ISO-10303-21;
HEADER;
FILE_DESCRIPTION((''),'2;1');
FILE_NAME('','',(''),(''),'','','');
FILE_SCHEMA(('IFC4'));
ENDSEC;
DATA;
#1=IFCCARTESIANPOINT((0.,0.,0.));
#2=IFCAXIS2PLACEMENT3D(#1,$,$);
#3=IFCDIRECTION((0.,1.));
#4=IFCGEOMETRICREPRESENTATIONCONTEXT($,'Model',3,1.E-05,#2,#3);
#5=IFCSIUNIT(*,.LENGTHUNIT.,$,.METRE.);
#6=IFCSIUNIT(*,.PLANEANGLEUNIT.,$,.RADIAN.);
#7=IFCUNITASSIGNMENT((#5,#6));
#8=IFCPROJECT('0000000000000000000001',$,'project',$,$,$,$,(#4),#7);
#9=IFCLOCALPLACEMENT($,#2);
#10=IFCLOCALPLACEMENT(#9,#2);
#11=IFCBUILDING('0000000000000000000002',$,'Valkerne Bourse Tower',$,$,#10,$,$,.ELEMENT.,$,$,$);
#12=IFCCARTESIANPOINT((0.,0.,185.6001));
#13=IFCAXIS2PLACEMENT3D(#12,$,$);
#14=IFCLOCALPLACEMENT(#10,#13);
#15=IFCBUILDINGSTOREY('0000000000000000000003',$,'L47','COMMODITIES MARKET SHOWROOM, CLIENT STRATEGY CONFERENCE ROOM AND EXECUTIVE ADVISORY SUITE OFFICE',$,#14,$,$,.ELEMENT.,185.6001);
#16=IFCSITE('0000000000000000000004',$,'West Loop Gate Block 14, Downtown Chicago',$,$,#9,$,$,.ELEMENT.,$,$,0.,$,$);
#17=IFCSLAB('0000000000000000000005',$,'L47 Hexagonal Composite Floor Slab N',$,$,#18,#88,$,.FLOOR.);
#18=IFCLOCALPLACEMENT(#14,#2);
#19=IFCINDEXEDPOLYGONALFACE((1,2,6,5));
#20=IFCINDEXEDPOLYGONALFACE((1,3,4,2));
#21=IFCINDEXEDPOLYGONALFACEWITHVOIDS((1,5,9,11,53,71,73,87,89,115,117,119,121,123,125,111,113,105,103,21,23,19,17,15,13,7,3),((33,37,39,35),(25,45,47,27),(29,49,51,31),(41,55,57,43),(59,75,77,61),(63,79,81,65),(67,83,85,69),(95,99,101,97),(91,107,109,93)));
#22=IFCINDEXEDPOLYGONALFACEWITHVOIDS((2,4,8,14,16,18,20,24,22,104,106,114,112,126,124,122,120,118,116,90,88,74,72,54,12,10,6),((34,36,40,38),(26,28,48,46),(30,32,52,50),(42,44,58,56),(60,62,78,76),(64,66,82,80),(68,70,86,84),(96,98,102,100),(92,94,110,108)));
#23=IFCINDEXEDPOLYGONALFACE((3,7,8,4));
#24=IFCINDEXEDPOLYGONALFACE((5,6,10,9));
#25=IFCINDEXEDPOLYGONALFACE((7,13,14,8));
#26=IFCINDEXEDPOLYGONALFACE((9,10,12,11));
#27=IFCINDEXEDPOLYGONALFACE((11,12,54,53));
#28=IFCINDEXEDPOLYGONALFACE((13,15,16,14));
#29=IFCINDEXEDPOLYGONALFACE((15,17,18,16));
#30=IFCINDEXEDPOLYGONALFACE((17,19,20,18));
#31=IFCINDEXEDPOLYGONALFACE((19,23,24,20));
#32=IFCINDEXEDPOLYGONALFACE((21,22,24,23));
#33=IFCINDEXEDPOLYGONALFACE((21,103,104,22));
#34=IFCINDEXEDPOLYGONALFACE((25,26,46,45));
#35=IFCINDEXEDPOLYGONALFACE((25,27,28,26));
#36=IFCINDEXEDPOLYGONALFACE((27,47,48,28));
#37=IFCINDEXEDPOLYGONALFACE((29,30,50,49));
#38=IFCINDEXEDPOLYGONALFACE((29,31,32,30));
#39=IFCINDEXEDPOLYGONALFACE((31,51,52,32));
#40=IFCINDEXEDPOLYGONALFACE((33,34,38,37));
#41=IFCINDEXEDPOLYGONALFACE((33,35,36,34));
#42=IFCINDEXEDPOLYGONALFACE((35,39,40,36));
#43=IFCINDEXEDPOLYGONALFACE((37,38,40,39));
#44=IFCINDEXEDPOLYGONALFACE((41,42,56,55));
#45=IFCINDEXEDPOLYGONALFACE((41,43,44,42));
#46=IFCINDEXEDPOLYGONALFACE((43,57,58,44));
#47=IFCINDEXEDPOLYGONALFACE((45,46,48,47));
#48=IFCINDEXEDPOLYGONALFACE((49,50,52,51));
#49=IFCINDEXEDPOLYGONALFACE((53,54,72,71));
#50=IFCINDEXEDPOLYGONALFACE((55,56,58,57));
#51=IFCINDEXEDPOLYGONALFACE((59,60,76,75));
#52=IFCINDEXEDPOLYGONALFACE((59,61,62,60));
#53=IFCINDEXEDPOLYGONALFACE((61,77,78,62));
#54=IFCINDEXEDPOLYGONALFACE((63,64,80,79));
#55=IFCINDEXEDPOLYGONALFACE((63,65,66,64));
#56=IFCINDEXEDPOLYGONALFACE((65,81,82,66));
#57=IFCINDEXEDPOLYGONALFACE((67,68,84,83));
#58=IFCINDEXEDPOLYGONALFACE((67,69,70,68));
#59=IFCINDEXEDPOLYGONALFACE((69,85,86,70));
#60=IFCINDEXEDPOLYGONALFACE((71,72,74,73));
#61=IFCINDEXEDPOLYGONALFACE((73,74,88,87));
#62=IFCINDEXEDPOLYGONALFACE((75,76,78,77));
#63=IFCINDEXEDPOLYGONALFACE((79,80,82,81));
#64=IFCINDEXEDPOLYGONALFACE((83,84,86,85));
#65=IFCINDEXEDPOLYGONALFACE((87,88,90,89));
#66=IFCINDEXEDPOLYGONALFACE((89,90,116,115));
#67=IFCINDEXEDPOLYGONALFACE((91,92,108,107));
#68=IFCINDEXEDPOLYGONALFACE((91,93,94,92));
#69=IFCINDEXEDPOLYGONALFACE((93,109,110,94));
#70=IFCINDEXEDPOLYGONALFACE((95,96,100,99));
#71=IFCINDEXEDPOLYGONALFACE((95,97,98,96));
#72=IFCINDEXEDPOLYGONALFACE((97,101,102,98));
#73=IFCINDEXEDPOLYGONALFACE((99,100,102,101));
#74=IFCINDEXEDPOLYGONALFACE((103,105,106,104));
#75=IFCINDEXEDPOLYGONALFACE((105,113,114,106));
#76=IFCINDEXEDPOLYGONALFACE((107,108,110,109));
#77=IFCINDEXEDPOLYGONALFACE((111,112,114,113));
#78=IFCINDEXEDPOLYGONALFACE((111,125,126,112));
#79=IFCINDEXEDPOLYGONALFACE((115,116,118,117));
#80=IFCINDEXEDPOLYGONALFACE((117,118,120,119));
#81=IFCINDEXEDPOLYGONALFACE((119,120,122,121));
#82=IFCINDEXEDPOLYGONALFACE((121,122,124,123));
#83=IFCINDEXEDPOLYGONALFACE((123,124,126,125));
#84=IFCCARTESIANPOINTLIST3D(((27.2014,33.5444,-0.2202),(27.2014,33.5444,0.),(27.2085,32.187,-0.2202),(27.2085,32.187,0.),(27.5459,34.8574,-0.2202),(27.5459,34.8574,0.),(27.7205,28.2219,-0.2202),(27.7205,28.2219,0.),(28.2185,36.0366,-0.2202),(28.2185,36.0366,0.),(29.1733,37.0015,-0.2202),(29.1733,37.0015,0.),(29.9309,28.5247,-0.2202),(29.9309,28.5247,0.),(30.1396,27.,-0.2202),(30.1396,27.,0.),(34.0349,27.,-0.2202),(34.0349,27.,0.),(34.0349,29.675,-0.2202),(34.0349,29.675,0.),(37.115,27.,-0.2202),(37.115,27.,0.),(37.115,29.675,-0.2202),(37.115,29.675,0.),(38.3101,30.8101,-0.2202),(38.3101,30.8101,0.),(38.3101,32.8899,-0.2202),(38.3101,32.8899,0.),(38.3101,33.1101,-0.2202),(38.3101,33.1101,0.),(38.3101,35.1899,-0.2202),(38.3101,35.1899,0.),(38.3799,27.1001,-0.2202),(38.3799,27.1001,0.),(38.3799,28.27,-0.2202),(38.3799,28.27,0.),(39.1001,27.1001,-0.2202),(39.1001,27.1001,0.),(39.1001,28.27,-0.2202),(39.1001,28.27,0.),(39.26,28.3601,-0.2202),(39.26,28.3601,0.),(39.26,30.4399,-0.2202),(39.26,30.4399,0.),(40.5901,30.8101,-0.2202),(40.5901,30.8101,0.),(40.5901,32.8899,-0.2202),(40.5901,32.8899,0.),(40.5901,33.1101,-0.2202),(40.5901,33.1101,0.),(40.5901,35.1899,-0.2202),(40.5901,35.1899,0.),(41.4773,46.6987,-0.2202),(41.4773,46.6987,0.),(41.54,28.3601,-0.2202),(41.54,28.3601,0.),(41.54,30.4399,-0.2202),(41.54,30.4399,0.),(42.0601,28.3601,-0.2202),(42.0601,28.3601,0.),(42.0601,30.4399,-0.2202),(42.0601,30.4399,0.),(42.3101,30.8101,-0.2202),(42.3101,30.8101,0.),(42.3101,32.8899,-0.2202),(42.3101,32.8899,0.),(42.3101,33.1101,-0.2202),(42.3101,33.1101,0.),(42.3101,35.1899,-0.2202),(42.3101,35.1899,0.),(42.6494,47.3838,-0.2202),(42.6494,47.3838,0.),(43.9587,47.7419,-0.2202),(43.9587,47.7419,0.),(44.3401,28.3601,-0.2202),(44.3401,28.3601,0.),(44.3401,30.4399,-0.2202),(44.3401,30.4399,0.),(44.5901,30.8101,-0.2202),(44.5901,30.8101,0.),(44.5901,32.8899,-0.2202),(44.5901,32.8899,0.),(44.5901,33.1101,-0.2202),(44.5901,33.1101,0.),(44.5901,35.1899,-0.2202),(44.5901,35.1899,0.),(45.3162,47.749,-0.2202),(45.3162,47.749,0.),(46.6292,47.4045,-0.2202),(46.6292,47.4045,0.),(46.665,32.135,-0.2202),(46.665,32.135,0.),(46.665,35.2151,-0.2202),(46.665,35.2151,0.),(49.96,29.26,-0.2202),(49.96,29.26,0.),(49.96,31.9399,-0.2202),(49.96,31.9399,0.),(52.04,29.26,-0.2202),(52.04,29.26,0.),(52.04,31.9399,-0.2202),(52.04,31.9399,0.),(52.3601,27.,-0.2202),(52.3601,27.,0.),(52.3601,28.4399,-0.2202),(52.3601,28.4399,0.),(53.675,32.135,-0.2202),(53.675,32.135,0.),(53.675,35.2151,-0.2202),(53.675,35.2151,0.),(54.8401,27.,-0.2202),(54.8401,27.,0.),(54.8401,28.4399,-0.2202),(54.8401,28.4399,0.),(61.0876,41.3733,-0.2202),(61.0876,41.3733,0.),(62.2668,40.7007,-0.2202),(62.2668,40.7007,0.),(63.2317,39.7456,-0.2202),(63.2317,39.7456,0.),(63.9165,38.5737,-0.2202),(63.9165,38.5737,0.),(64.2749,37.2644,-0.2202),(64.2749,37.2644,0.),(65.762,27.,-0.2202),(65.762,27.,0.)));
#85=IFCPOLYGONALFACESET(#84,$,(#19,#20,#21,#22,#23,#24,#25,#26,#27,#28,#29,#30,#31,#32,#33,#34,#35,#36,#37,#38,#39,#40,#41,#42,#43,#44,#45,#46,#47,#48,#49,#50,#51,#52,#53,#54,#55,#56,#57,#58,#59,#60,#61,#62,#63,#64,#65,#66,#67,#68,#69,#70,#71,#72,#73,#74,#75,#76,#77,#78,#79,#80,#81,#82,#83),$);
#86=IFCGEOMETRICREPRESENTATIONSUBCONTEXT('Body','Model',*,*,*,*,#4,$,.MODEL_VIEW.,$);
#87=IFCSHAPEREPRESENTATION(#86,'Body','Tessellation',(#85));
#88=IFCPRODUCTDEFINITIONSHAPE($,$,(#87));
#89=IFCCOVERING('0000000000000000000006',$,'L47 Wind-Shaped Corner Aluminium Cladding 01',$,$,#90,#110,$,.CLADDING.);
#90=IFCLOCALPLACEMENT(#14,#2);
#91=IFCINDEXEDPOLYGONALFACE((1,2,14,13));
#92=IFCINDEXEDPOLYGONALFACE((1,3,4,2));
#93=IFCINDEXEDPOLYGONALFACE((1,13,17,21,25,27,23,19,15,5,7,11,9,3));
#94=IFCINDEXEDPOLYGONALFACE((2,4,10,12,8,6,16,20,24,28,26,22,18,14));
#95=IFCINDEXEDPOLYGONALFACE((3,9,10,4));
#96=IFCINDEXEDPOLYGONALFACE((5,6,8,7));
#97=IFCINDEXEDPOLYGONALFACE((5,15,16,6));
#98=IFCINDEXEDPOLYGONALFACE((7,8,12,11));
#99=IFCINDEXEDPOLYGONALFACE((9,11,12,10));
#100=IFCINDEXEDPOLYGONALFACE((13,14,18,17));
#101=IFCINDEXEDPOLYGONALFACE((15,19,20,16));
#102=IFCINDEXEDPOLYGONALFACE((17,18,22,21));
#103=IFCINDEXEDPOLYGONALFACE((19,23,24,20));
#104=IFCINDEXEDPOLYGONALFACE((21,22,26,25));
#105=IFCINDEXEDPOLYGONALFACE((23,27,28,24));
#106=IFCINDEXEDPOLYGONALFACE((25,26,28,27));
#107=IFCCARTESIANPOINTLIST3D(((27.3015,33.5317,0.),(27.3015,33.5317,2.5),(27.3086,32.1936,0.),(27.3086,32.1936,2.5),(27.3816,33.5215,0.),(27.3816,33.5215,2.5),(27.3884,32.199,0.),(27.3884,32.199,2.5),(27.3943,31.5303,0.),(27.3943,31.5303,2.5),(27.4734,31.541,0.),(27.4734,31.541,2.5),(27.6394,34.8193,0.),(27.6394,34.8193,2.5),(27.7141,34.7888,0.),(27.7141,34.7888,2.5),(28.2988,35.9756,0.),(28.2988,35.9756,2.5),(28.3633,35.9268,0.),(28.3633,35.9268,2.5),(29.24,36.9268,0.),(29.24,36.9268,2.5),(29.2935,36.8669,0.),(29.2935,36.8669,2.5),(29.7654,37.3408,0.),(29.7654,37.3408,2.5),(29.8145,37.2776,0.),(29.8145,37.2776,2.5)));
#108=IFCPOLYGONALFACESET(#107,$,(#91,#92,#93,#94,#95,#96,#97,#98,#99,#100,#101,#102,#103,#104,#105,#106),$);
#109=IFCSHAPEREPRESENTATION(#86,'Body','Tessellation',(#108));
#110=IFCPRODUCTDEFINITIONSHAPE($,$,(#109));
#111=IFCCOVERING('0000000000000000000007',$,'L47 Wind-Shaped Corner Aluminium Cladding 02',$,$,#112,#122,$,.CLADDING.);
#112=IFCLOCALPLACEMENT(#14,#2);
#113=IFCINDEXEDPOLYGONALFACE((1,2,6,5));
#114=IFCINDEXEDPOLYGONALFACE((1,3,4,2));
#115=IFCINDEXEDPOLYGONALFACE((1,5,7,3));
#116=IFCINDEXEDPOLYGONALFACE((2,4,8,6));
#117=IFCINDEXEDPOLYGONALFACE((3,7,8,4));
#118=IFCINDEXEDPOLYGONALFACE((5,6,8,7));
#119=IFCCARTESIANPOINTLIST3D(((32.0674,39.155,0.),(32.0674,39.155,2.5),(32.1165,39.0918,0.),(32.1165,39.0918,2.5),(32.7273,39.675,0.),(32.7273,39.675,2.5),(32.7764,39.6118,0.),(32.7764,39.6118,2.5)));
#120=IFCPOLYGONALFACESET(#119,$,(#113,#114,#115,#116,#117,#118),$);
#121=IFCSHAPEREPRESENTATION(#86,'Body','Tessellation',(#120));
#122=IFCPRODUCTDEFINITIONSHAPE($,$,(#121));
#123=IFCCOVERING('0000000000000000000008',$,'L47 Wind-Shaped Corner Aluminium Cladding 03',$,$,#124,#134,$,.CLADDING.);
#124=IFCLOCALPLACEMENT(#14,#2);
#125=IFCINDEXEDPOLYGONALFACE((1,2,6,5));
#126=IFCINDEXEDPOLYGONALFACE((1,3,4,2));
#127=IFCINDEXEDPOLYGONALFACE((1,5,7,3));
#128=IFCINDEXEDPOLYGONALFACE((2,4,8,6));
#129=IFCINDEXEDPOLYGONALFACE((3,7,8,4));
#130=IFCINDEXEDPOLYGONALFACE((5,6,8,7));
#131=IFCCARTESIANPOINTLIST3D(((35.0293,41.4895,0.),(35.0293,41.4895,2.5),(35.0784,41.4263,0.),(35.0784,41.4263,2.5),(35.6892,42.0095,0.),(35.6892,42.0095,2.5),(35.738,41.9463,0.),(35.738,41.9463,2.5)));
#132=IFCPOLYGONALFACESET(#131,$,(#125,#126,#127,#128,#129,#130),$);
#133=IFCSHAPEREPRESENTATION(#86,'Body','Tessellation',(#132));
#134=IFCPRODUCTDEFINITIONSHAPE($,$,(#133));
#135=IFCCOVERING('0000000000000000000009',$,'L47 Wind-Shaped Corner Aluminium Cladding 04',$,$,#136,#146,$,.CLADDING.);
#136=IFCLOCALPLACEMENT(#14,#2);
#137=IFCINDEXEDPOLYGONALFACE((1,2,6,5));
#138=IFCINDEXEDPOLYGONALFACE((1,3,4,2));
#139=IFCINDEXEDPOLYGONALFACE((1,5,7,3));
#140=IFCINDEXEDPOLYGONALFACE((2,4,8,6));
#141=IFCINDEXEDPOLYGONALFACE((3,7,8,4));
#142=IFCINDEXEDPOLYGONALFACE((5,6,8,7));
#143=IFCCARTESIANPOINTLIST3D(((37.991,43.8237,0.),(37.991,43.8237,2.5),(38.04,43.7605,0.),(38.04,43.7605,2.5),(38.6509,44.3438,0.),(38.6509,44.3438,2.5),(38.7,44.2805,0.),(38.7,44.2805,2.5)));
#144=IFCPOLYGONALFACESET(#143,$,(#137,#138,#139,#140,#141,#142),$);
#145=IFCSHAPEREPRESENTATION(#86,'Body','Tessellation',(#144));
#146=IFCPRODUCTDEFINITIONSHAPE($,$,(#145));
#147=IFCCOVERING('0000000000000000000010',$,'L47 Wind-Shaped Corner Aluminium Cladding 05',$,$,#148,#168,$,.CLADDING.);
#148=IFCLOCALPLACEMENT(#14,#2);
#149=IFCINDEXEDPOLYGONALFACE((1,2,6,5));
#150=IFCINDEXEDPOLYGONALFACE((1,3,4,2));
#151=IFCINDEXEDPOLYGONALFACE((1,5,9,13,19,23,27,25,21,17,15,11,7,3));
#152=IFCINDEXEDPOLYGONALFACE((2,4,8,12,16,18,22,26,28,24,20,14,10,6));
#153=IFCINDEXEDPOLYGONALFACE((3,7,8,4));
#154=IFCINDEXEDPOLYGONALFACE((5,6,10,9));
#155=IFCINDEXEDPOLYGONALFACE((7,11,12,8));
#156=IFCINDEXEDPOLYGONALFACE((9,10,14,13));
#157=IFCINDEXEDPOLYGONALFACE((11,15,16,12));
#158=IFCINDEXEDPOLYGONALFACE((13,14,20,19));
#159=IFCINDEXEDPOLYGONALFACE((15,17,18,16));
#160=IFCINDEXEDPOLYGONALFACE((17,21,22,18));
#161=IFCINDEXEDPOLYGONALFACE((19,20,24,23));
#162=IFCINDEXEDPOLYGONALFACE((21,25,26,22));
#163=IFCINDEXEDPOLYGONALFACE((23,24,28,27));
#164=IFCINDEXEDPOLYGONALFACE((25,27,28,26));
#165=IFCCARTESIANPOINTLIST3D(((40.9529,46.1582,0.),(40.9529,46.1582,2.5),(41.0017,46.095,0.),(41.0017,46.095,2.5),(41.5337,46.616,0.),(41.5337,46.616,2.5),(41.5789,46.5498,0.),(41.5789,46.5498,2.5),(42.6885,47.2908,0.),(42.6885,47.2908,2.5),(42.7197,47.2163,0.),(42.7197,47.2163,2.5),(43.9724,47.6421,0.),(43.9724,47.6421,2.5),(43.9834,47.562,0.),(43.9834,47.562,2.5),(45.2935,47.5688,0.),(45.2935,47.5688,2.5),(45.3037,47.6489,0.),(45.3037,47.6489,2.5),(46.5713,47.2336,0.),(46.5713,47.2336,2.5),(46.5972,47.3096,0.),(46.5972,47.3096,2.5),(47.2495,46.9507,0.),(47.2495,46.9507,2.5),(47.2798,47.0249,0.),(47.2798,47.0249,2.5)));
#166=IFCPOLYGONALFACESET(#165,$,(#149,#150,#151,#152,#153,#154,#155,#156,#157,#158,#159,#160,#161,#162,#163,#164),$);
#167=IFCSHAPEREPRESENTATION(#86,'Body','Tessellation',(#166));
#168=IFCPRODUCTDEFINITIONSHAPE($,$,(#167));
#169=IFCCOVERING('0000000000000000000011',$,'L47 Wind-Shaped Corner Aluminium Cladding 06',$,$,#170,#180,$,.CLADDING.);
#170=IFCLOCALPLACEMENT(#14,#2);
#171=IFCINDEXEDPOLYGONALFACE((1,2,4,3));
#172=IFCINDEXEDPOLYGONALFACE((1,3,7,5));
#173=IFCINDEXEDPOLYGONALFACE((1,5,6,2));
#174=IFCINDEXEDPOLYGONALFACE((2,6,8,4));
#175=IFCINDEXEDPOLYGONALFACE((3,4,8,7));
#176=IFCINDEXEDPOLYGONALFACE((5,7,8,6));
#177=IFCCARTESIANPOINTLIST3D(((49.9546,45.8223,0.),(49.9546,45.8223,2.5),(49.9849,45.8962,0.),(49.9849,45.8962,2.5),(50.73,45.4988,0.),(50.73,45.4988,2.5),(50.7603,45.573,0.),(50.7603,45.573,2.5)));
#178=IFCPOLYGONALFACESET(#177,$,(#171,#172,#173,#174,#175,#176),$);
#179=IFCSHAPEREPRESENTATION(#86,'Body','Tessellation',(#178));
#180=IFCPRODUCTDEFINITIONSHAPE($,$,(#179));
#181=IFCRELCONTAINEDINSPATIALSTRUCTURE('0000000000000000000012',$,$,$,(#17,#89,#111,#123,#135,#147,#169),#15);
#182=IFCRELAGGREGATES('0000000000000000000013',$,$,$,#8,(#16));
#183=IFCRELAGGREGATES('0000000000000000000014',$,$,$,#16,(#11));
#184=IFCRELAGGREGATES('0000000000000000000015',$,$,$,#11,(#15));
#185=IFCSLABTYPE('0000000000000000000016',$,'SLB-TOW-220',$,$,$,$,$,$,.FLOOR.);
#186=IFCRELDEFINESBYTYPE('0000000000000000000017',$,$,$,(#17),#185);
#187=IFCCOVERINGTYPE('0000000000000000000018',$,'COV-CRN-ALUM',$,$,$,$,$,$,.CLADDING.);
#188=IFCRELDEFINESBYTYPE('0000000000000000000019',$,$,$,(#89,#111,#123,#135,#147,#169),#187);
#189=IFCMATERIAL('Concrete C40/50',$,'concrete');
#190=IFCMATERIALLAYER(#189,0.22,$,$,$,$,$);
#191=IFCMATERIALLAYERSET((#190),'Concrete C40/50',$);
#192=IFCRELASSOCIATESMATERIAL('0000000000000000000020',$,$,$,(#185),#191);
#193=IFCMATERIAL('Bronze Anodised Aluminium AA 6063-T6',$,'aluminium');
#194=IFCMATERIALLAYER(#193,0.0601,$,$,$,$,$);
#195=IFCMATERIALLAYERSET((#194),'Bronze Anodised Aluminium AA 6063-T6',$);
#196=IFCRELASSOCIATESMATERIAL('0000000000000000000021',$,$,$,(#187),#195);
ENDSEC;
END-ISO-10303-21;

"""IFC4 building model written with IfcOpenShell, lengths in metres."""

from ifc_helpers import new_model, si_unit, direction, frame, origin, place, context, subcontext, project, spatial, polyline, outline, extrude, material, layer, layer_set, type_object, element, save


model = new_model("IFC4")

# Units and contexts
model_context = context("Model", 3, precision=1e-05, world=origin(), true_north=direction((0.0, 1.0)))
body_context = subcontext(model_context, "Body", "Model", "MODEL_VIEW")
ifc_project = project(units=[si_unit("LENGTHUNIT", "METRE"), si_unit("PLANEANGLEUNIT", "RADIAN")], contexts=[model_context])

# Site, building, storey
site_placement = place(None, origin())
site = spatial("IfcSite", under=ifc_project, at=site_placement, Name="West Loop Gate Block 14, Downtown Chicago", CompositionType="ELEMENT", RefElevation=0.0)
building_placement = place(site_placement, origin())
building = spatial("IfcBuilding", under=site, at=building_placement, Name="Valkerne Bourse Tower", CompositionType="ELEMENT")
storey_placement = place(building_placement, frame((0.0, 0.0, 185.6001)))
storey = spatial("IfcBuildingStorey", under=building, at=storey_placement, Name="L47", Description="COMMODITIES MARKET SHOWROOM, CLIENT STRATEGY CONFERENCE ROOM AND EXECUTIVE ADVISORY SUITE OFFICE", CompositionType="ELEMENT", Elevation=185.6001)

# Slab
ifc_material_1 = material(Name="Concrete C40/50", Category="concrete")
ifc_layer_1 = layer(ifc_material_1, 0.22)
ifc_layer_set_1 = layer_set([ifc_layer_1], Name="Concrete C40/50")
slab_type_1 = type_object("IfcSlabType", Name="SLB-TOW-220", PredefinedType="FLOOR", material=ifc_layer_set_1)
slab_1_placement = place(storey_placement, frame((0.0, 0.0, -0.2202)))
element("IfcSlab", 1, at=slab_1_placement, inside=storey, type_object=slab_type_1, Name="L47 Hexagonal Composite Floor Slab N", PredefinedType="FLOOR", context=body_context, shape_type="SweptSolid", body=[
    extrude(outline(polyline([(27.5459, 34.8574), (28.2185, 36.0366), (29.1733, 37.0015), (41.4773, 46.6987), (42.6494, 47.3838), (43.9587, 47.7419), (45.3162, 47.749), (46.6292, 47.4045), (61.0876, 41.3733), (62.2668, 40.7007), (63.2317, 39.7456), (63.9165, 38.5737), (64.2749, 37.2644), (65.762, 27.0), (54.8401, 27.0), (54.8401, 28.4399), (52.3601, 28.4399), (52.3601, 27.0), (37.115, 27.0), (37.115, 29.675), (34.0349, 29.675), (34.0349, 27.0), (30.1396, 27.0), (29.9309, 28.5247), (27.7205, 28.2219), (27.2085, 32.187), (27.2014, 33.5444), (27.5459, 34.8574)]), holes=[polyline([(39.1001, 28.27), (38.3799, 28.27), (38.3799, 27.1001), (39.1001, 27.1001), (39.1001, 28.27)]), polyline([(41.54, 30.4399), (39.26, 30.4399), (39.26, 28.3601), (41.54, 28.3601), (41.54, 30.4399)]), polyline([(40.5901, 32.8899), (38.3101, 32.8899), (38.3101, 30.8101), (40.5901, 30.8101), (40.5901, 32.8899)]), polyline([(40.5901, 35.1899), (38.3101, 35.1899), (38.3101, 33.1101), (40.5901, 33.1101), (40.5901, 35.1899)]), polyline([(44.3401, 30.4399), (42.0601, 30.4399), (42.0601, 28.3601), (44.3401, 28.3601), (44.3401, 30.4399)]), polyline([(52.04, 31.9399), (49.96, 31.9399), (49.96, 29.26), (52.04, 29.26), (52.04, 31.9399)]), polyline([(44.5901, 32.8899), (42.3101, 32.8899), (42.3101, 30.8101), (44.5901, 30.8101), (44.5901, 32.8899)]), polyline([(53.675, 35.2151), (46.665, 35.2151), (46.665, 32.135), (53.675, 32.135), (53.675, 35.2151)]), polyline([(44.5901, 35.1899), (42.3101, 35.1899), (42.3101, 33.1101), (44.5901, 33.1101), (44.5901, 35.1899)])]), origin(), (0.0, 0.0, 1.0), 0.2202),
])

# Coverings
ifc_material_2 = material(Name="Bronze Anodised Aluminium AA 6063-T6", Category="aluminium")
ifc_layer_2 = layer(ifc_material_2, 0.0601)
ifc_layer_set_2 = layer_set([ifc_layer_2], Name="Bronze Anodised Aluminium AA 6063-T6")
covering_type = type_object("IfcCoveringType", Name="COV-CRN-ALUM", PredefinedType="CLADDING", material=ifc_layer_set_2)
covering_1_placement = place(storey_placement, origin())
element("IfcCovering", 2, at=covering_1_placement, inside=storey, type_object=covering_type, Name="L47 Wind-Shaped Corner Aluminium Cladding 01", PredefinedType="CLADDING", context=body_context, shape_type="SweptSolid", body=[
    extrude(outline(polyline([(27.6394, 34.8193), (28.2988, 35.9756), (29.24, 36.9268), (29.7654, 37.3408), (29.8145, 37.2776), (29.2935, 36.8669), (28.3633, 35.9268), (27.7141, 34.7888), (27.3816, 33.5215), (27.3884, 32.199), (27.4734, 31.541), (27.3943, 31.5303), (27.3086, 32.1936), (27.3015, 33.5317), (27.6394, 34.8193)])), origin(), (0.0, 0.0, 1.0), 2.5),
])
covering_2_placement = place(storey_placement, origin())
element("IfcCovering", 3, at=covering_2_placement, inside=storey, type_object=covering_type, Name="L47 Wind-Shaped Corner Aluminium Cladding 02", PredefinedType="CLADDING", context=body_context, shape_type="SweptSolid", body=[
    extrude(outline(polyline([(32.7273, 39.675), (32.7764, 39.6118), (32.1165, 39.0918), (32.0674, 39.155), (32.7273, 39.675)])), origin(), (0.0, 0.0, 1.0), 2.5),
])
covering_3_placement = place(storey_placement, origin())
element("IfcCovering", 4, at=covering_3_placement, inside=storey, type_object=covering_type, Name="L47 Wind-Shaped Corner Aluminium Cladding 03", PredefinedType="CLADDING", context=body_context, shape_type="SweptSolid", body=[
    extrude(outline(polyline([(35.6892, 42.0095), (35.738, 41.9463), (35.0784, 41.4263), (35.0293, 41.4895), (35.6892, 42.0095)])), origin(), (0.0, 0.0, 1.0), 2.5),
])
covering_4_placement = place(storey_placement, origin())
element("IfcCovering", 5, at=covering_4_placement, inside=storey, type_object=covering_type, Name="L47 Wind-Shaped Corner Aluminium Cladding 04", PredefinedType="CLADDING", context=body_context, shape_type="SweptSolid", body=[
    extrude(outline(polyline([(38.6509, 44.3438), (38.7, 44.2805), (38.04, 43.7605), (37.991, 43.8237), (38.6509, 44.3438)])), origin(), (0.0, 0.0, 1.0), 2.5),
])
covering_5_placement = place(storey_placement, origin())
element("IfcCovering", 6, at=covering_5_placement, inside=storey, type_object=covering_type, Name="L47 Wind-Shaped Corner Aluminium Cladding 05", PredefinedType="CLADDING", context=body_context, shape_type="SweptSolid", body=[
    extrude(outline(polyline([(41.5337, 46.616), (42.6885, 47.2908), (43.9724, 47.6421), (45.3037, 47.6489), (46.5972, 47.3096), (47.2798, 47.0249), (47.2495, 46.9507), (46.5713, 47.2336), (45.2935, 47.5688), (43.9834, 47.562), (42.7197, 47.2163), (41.5789, 46.5498), (41.0017, 46.095), (40.9529, 46.1582), (41.5337, 46.616)])), origin(), (0.0, 0.0, 1.0), 2.5),
])
covering_6_placement = place(storey_placement, origin())
element("IfcCovering", 7, at=covering_6_placement, inside=storey, type_object=covering_type, Name="L47 Wind-Shaped Corner Aluminium Cladding 06", PredefinedType="CLADDING", context=body_context, shape_type="SweptSolid", body=[
    extrude(outline(polyline([(50.7603, 45.573), (50.73, 45.4988), (49.9546, 45.8223), (49.9849, 45.8962), (50.7603, 45.573)])), origin(), (0.0, 0.0, 1.0), 2.5),
])

save(model, "model.ifc")
